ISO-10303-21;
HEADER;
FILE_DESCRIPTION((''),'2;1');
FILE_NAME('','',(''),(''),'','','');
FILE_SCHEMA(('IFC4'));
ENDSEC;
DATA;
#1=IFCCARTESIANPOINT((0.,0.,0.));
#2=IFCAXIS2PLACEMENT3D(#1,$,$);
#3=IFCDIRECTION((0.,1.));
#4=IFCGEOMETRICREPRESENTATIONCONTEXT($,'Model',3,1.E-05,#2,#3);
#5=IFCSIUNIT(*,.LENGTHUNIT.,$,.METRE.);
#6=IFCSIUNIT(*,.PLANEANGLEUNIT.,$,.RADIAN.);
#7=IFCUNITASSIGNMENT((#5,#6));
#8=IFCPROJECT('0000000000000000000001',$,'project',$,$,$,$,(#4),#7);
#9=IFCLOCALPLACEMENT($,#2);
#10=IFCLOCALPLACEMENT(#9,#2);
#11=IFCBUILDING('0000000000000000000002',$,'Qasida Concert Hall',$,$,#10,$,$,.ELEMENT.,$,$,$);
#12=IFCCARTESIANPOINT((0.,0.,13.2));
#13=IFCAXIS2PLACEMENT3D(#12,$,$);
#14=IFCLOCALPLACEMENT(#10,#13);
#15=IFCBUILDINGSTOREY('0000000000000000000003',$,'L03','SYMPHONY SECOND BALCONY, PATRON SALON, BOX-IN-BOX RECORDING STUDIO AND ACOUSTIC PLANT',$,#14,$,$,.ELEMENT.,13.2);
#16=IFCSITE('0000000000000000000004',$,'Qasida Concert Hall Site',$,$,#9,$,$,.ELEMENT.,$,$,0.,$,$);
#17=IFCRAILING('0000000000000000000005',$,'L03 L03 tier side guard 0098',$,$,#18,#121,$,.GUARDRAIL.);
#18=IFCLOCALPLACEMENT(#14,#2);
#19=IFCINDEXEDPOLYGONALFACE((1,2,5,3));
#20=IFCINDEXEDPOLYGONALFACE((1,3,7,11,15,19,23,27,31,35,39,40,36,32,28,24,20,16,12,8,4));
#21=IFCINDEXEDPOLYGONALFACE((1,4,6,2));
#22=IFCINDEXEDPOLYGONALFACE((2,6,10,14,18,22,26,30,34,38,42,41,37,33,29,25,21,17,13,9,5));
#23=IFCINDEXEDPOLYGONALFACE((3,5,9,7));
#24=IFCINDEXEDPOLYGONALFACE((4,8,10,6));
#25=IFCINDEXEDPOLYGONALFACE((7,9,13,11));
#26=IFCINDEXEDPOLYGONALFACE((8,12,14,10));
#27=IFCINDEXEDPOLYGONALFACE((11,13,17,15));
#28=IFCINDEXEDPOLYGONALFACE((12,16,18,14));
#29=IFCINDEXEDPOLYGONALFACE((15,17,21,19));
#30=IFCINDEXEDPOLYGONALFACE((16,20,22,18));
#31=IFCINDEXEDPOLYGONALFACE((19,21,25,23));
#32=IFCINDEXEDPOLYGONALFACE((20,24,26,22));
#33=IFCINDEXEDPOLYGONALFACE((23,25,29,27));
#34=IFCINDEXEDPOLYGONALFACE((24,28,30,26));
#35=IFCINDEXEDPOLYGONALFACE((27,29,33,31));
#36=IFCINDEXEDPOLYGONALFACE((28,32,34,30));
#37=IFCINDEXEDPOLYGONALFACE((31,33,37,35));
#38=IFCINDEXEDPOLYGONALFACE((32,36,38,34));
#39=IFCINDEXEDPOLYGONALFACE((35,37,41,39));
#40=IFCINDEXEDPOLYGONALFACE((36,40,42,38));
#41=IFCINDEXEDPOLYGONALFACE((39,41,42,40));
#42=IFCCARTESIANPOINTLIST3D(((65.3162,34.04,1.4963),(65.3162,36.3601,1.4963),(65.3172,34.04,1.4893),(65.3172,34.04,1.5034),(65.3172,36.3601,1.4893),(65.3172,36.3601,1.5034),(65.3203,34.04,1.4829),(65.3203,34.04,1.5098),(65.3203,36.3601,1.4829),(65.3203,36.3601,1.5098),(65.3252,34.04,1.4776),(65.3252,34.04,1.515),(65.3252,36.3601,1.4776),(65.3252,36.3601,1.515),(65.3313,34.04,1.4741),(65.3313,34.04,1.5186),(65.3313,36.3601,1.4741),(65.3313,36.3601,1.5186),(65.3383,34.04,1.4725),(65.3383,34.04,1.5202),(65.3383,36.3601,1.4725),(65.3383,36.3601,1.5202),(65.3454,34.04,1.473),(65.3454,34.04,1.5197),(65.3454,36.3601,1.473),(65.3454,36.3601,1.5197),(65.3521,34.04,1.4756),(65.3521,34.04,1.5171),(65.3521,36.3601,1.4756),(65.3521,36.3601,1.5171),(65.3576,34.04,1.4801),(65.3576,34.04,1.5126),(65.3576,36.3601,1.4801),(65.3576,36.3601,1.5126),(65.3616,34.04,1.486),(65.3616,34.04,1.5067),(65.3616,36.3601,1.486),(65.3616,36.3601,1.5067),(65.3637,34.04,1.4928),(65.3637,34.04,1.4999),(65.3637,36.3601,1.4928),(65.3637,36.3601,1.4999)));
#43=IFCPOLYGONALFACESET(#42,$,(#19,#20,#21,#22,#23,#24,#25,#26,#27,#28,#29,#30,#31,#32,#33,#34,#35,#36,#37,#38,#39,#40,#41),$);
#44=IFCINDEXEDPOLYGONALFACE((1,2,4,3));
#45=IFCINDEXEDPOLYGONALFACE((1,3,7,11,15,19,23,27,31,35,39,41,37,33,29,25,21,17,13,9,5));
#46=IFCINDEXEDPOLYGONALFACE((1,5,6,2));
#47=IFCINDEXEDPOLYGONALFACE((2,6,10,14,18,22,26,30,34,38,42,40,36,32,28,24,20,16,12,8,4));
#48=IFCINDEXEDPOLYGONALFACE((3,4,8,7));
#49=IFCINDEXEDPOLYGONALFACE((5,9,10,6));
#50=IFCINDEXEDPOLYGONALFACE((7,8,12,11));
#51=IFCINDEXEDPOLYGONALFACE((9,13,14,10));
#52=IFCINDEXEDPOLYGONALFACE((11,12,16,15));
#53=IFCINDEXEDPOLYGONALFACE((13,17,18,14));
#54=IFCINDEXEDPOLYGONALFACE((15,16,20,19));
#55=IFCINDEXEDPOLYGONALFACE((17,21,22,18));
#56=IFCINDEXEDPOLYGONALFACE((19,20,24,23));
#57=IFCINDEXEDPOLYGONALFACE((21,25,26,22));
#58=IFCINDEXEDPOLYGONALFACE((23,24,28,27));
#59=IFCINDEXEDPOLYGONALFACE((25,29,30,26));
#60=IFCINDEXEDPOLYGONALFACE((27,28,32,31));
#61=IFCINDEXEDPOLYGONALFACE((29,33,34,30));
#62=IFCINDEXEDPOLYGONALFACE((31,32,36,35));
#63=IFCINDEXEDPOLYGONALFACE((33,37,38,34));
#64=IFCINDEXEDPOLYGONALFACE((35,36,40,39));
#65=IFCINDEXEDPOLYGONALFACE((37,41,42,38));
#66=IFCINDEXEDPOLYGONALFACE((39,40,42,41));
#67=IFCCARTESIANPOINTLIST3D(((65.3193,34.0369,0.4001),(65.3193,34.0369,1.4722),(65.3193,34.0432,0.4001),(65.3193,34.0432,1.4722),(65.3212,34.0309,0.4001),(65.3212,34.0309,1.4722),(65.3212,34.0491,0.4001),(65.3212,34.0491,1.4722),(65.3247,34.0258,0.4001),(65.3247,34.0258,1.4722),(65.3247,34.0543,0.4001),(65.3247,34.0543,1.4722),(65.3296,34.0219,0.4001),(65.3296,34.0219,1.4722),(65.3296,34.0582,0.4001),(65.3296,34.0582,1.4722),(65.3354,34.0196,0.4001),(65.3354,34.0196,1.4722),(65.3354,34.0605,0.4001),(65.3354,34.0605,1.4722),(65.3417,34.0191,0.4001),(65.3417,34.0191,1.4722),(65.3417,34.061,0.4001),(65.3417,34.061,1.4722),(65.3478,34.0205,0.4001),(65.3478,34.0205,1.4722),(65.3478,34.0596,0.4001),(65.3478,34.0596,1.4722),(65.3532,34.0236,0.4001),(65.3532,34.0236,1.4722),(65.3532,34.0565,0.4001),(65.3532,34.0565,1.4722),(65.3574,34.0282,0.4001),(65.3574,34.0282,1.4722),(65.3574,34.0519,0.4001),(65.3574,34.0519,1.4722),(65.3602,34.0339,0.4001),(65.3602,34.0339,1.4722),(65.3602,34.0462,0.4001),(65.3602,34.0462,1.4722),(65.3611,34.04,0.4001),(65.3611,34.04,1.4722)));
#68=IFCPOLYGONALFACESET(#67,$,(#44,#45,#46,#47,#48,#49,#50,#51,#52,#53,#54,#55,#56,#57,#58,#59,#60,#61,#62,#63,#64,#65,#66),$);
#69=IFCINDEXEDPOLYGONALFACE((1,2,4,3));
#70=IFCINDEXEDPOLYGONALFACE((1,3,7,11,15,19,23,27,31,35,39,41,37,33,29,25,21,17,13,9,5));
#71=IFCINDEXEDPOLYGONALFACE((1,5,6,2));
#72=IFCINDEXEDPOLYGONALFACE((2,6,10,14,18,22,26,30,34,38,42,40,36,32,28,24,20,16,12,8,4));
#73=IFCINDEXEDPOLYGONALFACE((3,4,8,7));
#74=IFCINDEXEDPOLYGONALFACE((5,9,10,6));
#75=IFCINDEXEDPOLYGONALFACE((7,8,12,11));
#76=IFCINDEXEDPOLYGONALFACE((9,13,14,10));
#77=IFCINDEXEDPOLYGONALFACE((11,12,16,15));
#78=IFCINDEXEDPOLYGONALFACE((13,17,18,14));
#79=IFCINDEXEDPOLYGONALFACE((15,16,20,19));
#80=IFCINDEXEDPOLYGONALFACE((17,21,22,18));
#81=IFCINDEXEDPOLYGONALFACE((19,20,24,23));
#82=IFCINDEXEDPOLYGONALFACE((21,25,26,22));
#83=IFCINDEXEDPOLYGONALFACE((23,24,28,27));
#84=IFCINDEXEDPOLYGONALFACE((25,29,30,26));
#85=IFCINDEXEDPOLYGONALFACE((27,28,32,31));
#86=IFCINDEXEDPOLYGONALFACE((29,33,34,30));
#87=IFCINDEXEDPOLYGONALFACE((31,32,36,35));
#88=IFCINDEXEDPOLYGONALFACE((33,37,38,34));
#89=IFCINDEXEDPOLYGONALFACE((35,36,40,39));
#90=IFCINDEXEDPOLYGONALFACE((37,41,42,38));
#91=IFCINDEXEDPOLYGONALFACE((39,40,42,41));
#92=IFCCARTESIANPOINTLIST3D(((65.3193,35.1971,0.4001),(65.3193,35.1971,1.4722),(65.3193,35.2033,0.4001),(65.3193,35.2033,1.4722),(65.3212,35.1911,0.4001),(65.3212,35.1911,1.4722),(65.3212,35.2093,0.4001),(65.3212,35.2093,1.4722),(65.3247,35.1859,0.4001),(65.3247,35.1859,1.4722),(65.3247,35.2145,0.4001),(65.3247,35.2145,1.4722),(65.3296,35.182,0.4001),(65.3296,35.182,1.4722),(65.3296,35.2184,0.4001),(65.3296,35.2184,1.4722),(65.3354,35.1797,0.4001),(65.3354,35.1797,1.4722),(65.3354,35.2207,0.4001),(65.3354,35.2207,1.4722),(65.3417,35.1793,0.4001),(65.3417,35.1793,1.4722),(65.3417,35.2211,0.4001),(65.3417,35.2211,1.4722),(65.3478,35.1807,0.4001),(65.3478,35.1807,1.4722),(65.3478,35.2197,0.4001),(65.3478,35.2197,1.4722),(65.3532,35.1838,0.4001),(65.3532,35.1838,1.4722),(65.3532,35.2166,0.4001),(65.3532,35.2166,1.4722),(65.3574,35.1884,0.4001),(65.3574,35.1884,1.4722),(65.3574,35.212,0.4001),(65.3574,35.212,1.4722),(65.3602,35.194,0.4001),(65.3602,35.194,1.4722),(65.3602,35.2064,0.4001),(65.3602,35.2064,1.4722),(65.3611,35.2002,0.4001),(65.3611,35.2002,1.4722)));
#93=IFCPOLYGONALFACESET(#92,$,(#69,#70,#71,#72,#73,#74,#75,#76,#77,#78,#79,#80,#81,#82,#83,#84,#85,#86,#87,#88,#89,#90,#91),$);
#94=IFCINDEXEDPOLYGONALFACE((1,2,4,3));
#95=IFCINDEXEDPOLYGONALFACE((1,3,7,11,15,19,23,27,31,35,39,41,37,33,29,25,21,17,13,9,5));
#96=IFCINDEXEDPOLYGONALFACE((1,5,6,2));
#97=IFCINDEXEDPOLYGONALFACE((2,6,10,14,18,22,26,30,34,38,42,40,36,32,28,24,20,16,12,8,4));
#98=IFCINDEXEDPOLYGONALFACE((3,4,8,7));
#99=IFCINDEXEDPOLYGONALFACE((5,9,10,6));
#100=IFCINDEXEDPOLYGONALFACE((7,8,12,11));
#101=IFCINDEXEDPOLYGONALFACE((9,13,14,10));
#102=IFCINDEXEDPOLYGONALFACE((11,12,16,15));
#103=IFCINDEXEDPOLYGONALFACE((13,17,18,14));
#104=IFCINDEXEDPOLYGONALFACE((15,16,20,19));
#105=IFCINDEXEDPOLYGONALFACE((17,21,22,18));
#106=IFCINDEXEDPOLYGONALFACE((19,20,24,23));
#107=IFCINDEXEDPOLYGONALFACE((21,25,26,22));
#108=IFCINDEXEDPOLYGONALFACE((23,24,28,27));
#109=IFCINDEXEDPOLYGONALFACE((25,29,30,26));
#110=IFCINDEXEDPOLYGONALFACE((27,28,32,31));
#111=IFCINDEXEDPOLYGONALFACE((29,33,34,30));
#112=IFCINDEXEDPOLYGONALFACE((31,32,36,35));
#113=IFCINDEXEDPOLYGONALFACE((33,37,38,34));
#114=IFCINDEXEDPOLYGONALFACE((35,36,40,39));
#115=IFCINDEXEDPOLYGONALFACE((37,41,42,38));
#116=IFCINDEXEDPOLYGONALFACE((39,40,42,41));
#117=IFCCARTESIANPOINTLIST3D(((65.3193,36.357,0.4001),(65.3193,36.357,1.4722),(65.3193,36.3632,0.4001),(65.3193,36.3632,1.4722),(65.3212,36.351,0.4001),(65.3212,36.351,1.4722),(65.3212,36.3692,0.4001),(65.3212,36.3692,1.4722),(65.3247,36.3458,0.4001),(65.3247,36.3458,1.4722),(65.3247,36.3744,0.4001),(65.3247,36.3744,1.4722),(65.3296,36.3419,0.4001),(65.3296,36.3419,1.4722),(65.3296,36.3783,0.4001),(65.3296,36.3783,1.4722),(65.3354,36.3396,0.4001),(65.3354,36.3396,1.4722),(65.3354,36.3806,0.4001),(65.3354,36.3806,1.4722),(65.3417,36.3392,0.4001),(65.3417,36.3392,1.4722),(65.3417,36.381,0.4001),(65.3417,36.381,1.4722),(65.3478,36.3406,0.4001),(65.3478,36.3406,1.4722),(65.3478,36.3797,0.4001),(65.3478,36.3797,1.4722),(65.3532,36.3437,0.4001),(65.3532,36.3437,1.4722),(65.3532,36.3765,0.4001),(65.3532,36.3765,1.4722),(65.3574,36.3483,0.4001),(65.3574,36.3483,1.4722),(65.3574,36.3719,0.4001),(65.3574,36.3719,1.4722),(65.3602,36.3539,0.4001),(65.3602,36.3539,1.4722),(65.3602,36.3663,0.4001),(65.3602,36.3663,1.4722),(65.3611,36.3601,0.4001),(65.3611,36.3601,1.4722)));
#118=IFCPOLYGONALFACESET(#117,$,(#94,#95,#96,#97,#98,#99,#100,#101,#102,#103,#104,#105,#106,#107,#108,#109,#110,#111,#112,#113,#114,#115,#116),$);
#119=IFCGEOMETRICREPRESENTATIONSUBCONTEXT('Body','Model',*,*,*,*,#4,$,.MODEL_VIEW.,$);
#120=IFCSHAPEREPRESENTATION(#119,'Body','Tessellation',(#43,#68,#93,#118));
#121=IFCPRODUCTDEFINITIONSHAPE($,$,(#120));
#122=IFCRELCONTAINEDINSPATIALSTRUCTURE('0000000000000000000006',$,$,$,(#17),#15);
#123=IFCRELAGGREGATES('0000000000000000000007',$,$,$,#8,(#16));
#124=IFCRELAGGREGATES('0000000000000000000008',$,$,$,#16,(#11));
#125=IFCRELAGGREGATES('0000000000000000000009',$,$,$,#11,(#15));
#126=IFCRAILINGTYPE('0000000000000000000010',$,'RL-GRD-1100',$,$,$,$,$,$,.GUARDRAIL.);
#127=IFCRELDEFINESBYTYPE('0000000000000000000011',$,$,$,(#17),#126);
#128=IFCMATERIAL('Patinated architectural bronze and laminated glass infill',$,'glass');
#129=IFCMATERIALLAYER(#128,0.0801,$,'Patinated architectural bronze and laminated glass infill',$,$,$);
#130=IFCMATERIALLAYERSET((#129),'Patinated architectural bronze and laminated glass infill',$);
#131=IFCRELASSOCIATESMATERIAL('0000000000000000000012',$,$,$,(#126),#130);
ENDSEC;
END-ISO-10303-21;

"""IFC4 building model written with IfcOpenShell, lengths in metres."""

from ifc_helpers import new_model, si_unit, direction, frame, origin, origin_2d, place, context, subcontext, project, spatial, circle, extrude, material, layer, layer_set, type_object, element, save


model = new_model("IFC4")

# Units and contexts
model_context = context("Model", 3, precision=1e-05, world=origin(), true_north=direction((0.0, 1.0)))
body_context = subcontext(model_context, "Body", "Model", "MODEL_VIEW")
ifc_project = project(units=[si_unit("LENGTHUNIT", "METRE"), si_unit("PLANEANGLEUNIT", "RADIAN")], contexts=[model_context])

# Site, building, storey
site_placement = place(None, origin())
site = spatial("IfcSite", under=ifc_project, at=site_placement, Name="Qasida Concert Hall Site", CompositionType="ELEMENT", RefElevation=0.0)
building_placement = place(site_placement, origin())
building = spatial("IfcBuilding", under=site, at=building_placement, Name="Qasida Concert Hall", CompositionType="ELEMENT")
storey_placement = place(building_placement, frame((0.0, 0.0, 13.2)))
storey = spatial("IfcBuildingStorey", under=building, at=storey_placement, Name="L03", Description="SYMPHONY SECOND BALCONY, PATRON SALON, BOX-IN-BOX RECORDING STUDIO AND ACOUSTIC PLANT", CompositionType="ELEMENT", Elevation=13.2)

# Railing
ifc_material_1 = material(Name="Patinated architectural bronze and laminated glass infill", Category="glass")
ifc_layer_1 = layer(ifc_material_1, 0.0801, Name="Patinated architectural bronze and laminated glass infill")
ifc_layer_set_1 = layer_set([ifc_layer_1], Name="Patinated architectural bronze and laminated glass infill")
railing_type = type_object("IfcRailingType", Name="RL-GRD-1100", PredefinedType="GUARDRAIL", material=ifc_layer_set_1)
for number, where, name in (
    (1, (65.3401, 34.04, 0.4001), "L03 L03 tier side guard 0098"),
):
    element("IfcRailing", number, at=place(storey_placement, frame(where)), inside=storey, type_object=railing_type, Name=name, PredefinedType="GUARDRAIL", context=body_context, shape_type="SweptSolid", body=[
        extrude(circle(Radius=0.0239, at=origin_2d()), frame((0.0, 0.0, 1.0962), z_axis=(0.0, 1.0, 0.0), x_axis=(-1.0, 0.0, 0.0)), (0.0, 0.0, 1.0), 2.3201),
        extrude(circle(Radius=0.021, at=origin_2d()), origin(), (0.0, 0.0, 1.0), 1.072),
        extrude(circle(Radius=0.021, at=origin_2d()), frame((0.0, 1.1602, 0.0)), (0.0, 0.0, 1.0), 1.072),
        extrude(circle(Radius=0.021, at=origin_2d()), frame((0.0, 2.3201, 0.0)), (0.0, 0.0, 1.0), 1.072),
    ])

save(model, "model.ifc")
